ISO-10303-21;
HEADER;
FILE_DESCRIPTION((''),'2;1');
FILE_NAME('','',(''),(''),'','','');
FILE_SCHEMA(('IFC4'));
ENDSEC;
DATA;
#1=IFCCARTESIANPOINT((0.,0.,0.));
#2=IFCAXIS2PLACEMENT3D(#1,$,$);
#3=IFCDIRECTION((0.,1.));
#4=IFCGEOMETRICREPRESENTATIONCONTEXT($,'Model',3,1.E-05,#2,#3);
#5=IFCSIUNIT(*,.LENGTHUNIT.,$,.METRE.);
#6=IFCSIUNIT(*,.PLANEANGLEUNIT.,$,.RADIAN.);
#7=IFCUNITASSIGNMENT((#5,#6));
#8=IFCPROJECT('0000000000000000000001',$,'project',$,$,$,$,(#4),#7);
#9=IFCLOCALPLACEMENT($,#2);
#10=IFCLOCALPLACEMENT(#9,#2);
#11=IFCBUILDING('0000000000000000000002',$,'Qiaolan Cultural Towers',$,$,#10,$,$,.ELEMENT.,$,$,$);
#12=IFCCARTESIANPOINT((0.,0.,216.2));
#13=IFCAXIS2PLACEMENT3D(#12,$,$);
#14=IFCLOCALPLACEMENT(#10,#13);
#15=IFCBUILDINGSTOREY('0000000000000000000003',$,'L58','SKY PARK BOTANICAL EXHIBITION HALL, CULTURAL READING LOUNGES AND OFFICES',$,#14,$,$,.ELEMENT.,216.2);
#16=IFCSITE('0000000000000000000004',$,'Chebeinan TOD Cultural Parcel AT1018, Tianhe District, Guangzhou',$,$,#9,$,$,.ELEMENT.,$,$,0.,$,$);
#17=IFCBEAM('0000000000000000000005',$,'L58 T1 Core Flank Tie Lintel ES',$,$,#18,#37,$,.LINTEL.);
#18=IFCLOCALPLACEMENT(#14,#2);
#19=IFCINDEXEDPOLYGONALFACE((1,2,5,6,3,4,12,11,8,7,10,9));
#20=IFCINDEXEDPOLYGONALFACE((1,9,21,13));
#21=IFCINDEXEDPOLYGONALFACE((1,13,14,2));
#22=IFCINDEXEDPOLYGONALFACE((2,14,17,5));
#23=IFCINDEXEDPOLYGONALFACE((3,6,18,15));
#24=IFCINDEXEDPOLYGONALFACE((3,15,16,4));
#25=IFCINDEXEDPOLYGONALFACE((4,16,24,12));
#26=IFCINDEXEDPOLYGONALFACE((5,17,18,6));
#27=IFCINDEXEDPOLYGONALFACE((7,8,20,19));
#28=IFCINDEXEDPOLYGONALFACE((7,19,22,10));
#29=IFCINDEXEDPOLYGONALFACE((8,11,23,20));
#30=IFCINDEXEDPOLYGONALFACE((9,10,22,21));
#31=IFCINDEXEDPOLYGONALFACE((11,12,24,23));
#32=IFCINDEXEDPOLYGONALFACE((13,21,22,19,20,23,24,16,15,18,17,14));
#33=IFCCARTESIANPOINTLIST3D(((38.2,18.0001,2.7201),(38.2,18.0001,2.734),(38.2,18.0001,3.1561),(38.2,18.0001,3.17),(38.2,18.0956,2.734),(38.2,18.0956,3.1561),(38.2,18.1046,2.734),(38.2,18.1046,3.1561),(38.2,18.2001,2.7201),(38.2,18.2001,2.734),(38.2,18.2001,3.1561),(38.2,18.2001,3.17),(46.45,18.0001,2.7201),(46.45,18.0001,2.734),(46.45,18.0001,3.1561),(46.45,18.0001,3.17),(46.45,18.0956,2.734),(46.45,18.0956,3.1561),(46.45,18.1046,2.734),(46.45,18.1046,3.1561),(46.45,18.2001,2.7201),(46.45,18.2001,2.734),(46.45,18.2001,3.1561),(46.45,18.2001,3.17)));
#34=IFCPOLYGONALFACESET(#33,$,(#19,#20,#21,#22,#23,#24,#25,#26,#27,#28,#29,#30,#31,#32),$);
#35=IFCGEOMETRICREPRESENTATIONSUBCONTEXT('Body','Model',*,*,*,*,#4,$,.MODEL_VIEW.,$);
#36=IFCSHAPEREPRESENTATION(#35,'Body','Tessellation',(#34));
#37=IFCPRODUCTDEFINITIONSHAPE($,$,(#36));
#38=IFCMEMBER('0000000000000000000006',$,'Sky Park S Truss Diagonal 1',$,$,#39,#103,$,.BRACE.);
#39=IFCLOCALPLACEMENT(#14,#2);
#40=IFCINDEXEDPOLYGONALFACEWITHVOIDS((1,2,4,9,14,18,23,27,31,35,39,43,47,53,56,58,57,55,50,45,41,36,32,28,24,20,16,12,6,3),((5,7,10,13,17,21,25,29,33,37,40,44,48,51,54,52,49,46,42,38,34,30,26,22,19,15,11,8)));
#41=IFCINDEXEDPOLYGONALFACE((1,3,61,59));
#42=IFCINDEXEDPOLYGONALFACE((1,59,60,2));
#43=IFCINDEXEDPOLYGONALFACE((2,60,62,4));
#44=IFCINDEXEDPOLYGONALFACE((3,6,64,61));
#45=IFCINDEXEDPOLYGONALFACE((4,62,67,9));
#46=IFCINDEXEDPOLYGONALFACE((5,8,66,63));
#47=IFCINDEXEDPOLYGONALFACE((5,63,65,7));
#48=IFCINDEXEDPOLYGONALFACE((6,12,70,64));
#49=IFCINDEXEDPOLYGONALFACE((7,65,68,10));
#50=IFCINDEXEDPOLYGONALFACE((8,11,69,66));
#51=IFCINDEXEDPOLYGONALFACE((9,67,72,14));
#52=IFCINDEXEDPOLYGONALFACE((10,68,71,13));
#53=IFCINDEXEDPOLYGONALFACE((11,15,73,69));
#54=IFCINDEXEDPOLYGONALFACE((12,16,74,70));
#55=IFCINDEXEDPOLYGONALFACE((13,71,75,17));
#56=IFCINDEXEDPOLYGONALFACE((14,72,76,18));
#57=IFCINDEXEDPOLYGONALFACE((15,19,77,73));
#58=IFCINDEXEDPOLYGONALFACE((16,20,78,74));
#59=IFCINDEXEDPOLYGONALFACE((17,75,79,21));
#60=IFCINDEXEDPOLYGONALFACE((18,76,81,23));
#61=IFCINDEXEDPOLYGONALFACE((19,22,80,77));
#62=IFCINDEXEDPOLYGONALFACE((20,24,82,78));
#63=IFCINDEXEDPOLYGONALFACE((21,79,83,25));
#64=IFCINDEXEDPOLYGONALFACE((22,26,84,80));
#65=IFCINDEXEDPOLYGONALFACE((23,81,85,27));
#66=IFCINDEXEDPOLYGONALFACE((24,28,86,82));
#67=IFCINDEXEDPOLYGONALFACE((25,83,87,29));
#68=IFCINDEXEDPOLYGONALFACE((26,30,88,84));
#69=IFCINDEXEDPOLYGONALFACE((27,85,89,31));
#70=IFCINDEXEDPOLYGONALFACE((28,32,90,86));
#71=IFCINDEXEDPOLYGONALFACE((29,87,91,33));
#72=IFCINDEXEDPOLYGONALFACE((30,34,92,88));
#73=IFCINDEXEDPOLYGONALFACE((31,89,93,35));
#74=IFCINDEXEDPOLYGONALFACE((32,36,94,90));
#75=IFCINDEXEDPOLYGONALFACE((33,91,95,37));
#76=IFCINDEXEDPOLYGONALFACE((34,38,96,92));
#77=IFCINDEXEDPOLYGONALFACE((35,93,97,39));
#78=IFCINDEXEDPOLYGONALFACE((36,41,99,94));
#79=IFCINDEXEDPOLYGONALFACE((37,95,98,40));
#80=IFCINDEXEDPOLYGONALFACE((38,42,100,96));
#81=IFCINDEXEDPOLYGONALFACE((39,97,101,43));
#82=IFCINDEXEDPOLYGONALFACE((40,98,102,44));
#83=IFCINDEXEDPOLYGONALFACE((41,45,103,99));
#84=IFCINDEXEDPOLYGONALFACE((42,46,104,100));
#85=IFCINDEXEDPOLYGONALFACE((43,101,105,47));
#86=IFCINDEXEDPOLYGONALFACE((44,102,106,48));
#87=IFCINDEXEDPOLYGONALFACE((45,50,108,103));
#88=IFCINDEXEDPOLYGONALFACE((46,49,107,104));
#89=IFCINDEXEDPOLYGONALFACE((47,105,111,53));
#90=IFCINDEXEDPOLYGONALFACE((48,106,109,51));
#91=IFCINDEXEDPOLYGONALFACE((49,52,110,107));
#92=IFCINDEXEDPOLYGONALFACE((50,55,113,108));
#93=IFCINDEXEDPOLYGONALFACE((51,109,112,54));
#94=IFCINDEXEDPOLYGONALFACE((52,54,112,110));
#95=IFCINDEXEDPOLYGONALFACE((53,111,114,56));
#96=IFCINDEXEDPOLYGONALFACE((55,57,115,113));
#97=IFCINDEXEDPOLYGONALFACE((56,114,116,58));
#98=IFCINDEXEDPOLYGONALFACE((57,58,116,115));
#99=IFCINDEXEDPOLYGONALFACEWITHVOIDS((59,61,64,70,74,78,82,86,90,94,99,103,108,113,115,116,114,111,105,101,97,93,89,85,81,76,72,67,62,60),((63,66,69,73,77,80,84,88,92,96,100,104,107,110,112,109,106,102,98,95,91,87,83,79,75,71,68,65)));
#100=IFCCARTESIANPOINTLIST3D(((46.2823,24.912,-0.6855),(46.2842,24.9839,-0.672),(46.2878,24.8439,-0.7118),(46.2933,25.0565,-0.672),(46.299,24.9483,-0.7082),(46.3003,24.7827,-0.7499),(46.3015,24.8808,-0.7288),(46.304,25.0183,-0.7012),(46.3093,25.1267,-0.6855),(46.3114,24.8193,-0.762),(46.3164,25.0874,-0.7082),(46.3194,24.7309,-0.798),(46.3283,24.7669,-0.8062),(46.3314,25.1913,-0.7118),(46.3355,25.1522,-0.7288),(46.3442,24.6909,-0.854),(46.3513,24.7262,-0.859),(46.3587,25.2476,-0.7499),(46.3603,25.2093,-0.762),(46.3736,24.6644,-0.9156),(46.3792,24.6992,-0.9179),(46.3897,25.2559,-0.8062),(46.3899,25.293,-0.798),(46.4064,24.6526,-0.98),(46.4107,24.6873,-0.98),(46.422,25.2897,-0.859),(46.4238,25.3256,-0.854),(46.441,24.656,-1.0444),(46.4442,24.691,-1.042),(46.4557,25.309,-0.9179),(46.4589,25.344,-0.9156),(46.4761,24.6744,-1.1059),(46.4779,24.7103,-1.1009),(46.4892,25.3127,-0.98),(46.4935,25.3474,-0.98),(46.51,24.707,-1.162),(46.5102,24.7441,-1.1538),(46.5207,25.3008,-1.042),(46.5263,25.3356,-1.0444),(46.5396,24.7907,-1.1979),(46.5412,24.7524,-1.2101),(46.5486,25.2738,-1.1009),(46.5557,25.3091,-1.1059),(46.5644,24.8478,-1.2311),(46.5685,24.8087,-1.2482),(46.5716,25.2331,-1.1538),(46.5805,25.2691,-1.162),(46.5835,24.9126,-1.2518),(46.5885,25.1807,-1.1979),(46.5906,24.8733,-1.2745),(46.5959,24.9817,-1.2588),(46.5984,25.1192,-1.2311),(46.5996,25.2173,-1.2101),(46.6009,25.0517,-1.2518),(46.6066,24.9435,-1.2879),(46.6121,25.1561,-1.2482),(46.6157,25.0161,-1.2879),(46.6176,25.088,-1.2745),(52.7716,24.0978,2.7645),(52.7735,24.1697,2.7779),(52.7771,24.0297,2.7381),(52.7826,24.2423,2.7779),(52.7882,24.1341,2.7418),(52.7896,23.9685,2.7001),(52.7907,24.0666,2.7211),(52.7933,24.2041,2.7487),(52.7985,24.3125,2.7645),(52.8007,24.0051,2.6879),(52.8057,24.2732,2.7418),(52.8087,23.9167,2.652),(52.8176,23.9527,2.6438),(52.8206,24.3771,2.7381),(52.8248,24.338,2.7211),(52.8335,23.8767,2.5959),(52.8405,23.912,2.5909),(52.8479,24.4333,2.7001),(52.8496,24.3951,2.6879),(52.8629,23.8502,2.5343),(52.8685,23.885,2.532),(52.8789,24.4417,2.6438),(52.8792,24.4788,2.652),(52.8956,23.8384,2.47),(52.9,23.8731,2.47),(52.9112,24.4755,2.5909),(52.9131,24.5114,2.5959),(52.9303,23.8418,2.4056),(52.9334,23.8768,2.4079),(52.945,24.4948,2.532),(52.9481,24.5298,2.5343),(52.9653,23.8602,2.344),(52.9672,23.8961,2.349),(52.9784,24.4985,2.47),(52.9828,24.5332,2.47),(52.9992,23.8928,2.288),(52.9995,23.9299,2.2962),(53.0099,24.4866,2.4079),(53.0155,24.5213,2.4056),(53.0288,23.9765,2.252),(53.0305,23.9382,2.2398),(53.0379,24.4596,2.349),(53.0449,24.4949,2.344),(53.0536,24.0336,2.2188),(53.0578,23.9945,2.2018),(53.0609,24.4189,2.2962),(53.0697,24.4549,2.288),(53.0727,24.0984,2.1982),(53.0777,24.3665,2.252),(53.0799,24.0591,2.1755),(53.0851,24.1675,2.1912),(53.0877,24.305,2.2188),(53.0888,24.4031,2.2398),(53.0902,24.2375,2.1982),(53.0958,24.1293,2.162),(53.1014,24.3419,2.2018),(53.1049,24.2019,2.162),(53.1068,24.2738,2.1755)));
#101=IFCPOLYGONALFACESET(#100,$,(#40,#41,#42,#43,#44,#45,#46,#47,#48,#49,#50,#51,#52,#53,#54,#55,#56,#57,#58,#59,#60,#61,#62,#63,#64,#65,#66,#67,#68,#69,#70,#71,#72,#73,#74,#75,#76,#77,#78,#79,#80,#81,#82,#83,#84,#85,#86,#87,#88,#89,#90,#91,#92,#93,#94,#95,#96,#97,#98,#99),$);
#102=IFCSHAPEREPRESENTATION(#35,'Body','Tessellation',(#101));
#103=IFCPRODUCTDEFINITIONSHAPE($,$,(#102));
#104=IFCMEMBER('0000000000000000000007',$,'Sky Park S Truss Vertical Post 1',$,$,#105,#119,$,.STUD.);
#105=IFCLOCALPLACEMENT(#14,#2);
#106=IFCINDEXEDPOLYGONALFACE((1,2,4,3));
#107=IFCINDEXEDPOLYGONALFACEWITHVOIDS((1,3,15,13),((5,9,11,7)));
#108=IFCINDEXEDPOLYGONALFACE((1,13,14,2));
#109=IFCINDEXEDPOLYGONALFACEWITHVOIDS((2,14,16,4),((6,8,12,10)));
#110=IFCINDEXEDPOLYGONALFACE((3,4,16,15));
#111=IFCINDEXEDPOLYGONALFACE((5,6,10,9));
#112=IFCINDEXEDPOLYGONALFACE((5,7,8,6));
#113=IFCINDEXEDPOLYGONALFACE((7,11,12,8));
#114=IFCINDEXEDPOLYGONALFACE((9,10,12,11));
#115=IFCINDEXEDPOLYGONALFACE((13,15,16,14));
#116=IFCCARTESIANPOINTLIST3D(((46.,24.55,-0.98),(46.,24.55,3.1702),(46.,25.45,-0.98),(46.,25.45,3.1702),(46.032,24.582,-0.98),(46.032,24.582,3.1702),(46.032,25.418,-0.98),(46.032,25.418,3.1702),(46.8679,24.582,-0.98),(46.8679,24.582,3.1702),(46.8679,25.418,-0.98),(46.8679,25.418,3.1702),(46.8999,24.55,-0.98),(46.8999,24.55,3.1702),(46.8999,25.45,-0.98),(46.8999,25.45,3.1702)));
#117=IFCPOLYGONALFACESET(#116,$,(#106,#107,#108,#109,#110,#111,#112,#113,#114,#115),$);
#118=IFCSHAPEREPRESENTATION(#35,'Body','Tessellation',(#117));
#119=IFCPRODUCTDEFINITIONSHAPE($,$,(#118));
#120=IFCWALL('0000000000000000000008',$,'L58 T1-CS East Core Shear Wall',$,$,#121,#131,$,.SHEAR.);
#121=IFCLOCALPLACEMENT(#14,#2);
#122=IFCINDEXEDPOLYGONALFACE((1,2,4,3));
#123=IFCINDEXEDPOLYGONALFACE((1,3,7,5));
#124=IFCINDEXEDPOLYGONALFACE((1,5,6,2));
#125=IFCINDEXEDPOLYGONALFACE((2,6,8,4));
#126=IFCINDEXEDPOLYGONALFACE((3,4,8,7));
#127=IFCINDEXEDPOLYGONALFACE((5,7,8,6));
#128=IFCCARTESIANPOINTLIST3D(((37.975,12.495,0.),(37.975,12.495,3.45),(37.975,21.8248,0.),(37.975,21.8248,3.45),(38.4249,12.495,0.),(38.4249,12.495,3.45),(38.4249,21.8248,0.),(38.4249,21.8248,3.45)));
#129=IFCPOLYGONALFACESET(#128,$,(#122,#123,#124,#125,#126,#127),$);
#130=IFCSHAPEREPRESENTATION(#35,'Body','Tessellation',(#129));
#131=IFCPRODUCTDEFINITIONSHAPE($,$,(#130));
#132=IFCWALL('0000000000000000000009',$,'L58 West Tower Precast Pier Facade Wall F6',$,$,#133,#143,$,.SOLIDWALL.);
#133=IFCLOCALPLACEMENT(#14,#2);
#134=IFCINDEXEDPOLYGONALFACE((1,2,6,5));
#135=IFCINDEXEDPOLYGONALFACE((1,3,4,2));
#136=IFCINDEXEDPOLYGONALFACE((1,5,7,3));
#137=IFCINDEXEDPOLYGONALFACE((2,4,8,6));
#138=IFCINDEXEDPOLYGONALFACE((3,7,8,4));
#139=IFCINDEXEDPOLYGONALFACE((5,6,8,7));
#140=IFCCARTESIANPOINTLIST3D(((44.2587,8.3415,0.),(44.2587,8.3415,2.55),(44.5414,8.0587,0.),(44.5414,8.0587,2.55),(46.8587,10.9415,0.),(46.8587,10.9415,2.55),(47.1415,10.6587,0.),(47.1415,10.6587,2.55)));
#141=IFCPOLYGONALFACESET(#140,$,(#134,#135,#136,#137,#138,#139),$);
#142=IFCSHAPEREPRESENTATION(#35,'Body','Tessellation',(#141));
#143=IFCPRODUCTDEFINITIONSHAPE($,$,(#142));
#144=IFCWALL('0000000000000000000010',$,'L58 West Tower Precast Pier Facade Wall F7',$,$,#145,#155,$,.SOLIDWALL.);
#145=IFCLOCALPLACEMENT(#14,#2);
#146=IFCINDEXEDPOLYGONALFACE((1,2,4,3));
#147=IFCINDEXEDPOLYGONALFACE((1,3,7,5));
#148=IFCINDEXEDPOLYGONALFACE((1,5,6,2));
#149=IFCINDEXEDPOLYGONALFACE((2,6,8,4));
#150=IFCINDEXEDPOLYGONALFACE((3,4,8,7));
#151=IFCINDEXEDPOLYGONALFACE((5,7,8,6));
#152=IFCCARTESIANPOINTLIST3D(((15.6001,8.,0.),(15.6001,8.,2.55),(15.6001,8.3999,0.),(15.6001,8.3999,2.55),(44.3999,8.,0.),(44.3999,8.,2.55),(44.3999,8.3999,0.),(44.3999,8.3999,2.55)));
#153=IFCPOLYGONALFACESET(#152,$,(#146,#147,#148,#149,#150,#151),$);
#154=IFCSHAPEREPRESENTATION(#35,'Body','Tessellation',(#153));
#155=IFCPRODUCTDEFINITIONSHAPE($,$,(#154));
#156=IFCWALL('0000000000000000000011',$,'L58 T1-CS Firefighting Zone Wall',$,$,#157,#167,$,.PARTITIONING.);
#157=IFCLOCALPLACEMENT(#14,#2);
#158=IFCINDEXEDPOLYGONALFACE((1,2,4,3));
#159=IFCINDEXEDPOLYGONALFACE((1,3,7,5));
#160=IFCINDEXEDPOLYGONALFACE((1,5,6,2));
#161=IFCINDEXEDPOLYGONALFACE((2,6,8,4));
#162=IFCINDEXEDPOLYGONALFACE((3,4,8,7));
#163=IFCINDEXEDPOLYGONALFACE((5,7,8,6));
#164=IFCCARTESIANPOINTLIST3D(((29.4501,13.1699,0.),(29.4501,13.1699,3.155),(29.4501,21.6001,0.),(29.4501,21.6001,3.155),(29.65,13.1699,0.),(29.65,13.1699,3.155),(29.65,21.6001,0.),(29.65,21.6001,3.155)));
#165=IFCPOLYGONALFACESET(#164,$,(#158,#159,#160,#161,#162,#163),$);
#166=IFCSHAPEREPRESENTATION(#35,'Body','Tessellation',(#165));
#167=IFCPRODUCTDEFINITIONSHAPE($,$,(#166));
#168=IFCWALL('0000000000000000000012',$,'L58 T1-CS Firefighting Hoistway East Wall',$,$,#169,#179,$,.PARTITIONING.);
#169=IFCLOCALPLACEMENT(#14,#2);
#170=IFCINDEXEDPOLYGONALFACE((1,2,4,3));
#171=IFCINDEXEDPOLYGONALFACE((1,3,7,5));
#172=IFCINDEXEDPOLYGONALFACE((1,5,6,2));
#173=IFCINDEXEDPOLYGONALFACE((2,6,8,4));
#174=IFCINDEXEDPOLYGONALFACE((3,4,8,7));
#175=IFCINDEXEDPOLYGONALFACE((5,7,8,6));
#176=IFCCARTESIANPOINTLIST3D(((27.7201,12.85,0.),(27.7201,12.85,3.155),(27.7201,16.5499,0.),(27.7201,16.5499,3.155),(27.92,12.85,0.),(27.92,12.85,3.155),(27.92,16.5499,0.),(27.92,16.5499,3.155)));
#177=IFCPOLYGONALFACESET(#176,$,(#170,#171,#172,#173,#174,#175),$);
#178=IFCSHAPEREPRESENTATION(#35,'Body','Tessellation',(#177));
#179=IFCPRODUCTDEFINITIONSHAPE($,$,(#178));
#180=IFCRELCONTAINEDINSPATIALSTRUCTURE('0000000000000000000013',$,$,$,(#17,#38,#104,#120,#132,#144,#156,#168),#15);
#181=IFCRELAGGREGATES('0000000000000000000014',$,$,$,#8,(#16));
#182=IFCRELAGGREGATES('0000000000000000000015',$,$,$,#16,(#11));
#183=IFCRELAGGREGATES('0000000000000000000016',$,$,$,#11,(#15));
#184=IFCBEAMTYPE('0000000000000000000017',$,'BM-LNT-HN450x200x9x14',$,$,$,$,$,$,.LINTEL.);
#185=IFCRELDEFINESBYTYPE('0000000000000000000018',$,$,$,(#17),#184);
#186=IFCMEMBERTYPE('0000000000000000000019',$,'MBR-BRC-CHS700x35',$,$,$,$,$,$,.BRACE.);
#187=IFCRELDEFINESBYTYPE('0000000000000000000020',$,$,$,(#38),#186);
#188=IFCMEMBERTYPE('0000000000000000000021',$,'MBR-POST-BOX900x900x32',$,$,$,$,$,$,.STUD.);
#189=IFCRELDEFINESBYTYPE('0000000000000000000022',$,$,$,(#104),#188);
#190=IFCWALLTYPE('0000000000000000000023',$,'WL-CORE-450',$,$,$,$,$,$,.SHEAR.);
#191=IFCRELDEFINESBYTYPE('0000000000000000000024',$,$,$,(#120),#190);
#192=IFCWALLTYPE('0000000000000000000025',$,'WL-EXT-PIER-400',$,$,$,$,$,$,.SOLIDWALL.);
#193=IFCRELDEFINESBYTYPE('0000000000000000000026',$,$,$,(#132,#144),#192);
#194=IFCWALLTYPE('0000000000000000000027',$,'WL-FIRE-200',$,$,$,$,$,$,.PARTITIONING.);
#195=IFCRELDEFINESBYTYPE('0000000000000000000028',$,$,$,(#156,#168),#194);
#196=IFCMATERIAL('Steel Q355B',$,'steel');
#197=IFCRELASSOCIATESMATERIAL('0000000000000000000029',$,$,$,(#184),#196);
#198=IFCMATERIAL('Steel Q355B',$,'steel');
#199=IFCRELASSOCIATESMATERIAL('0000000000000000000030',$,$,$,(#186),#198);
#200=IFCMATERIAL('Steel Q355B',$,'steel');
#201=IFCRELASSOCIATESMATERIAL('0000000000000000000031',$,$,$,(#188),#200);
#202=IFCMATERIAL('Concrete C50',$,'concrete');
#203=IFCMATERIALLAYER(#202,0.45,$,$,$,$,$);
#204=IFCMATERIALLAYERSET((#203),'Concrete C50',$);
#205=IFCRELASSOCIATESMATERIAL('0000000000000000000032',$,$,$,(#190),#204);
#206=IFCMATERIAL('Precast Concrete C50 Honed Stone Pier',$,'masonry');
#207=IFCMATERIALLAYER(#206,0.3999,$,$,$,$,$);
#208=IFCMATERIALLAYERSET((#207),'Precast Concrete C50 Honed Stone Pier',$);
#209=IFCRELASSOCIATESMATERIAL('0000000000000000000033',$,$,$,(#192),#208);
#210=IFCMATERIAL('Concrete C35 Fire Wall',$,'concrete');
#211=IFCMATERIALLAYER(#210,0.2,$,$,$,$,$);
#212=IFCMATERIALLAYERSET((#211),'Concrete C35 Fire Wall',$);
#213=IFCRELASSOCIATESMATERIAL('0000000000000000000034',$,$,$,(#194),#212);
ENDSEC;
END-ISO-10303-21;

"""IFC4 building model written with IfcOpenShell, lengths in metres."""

from ifc_helpers import new_model, si_unit, direction, frame, frame_2d, origin, origin_2d, place, context, subcontext, project, spatial, rectangle, hollow_rectangle, hollow_circle, i_section, extrude, material, layer, layer_set, material_profile, profile_set, type_object, element, save


model = new_model("IFC4")

# Units and contexts
model_context = context("Model", 3, precision=1e-05, world=origin(), true_north=direction((0.0, 1.0)))
body_context = subcontext(model_context, "Body", "Model", "MODEL_VIEW")
ifc_project = project(units=[si_unit("LENGTHUNIT", "METRE"), si_unit("PLANEANGLEUNIT", "RADIAN")], contexts=[model_context])

# Site, building, storey
site_placement = place(None, origin())
site = spatial("IfcSite", under=ifc_project, at=site_placement, Name="Chebeinan TOD Cultural Parcel AT1018, Tianhe District, Guangzhou", CompositionType="ELEMENT", RefElevation=0.0)
building_placement = place(site_placement, origin())
building = spatial("IfcBuilding", under=site, at=building_placement, Name="Qiaolan Cultural Towers", CompositionType="ELEMENT")
storey_placement = place(building_placement, frame((0.0, 0.0, 216.2)))
storey = spatial("IfcBuildingStorey", under=building, at=storey_placement, Name="L58", Description="SKY PARK BOTANICAL EXHIBITION HALL, CULTURAL READING LOUNGES AND OFFICES", CompositionType="ELEMENT", Elevation=216.2)

# Beam
ifc_material_1 = material(Name="Steel Q355B", Category="steel")
ifc_material_profile_1 = material_profile(ifc_material_1, i_section(OverallWidth=0.2, OverallDepth=0.45, WebThickness=0.009, FlangeThickness=0.0139, at=origin_2d()), Name="HN450x200x9x14")
ifc_profile_set_1 = profile_set([ifc_material_profile_1], Name="Steel Q355B")
beam_type_1 = type_object("IfcBeamType", Name="BM-LNT-HN450x200x9x14", PredefinedType="LINTEL", material=ifc_profile_set_1)
beam_1_placement = place(storey_placement, frame((38.2, 18.1001, 2.9451), z_axis=(1.0, 0.0, 0.0), x_axis=(0.0, 1.0, 0.0)))
element("IfcBeam", 1, at=beam_1_placement, inside=storey, type_object=beam_type_1, Name="L58 T1 Core Flank Tie Lintel ES", PredefinedType="LINTEL", context=body_context, shape_type="SweptSolid", body=[
    extrude(i_section(OverallWidth=0.2, OverallDepth=0.45, WebThickness=0.009, FlangeThickness=0.0139, at=origin_2d()), origin(), (0.0, 0.0, 1.0), 8.25),
])

# Members
ifc_material_2 = material(Name="Steel Q355B", Category="steel")
ifc_material_profile_2 = material_profile(ifc_material_2, hollow_circle(Radius=0.3501, WallThickness=0.0349, at=origin_2d()), Name="CHS700x35")
ifc_profile_set_2 = profile_set([ifc_material_profile_2], Name="Steel Q355B")
member_type_1 = type_object("IfcMemberType", Name="MBR-BRC-CHS700x35", PredefinedType="BRACE", material=ifc_profile_set_2)
member_1_placement = place(storey_placement, frame((46.45, 25.0, -0.98), z_axis=(0.877604, -0.110113, 0.466569), x_axis=(0.124494, 0.99222, 0.0)))
element("IfcMember", 2, at=member_1_placement, inside=storey, type_object=member_type_1, Name="Sky Park S Truss Diagonal 1", PredefinedType="BRACE", context=body_context, shape_type="SweptSolid", body=[
    extrude(hollow_circle(Radius=0.3501, WallThickness=0.0349, at=origin_2d()), origin(), (0.0, 0.0, 1.0), 7.3943),
])
ifc_material_3 = material(Name="Steel Q355B", Category="steel")
ifc_material_profile_3 = material_profile(ifc_material_3, hollow_rectangle(XDim=0.8999, YDim=0.8999, WallThickness=0.032, at=origin_2d()), Name="BOX900x900x32")
ifc_profile_set_3 = profile_set([ifc_material_profile_3], Name="Steel Q355B")
member_type_2 = type_object("IfcMemberType", Name="MBR-POST-BOX900x900x32", PredefinedType="STUD", material=ifc_profile_set_3)
member_2_placement = place(storey_placement, frame((46.45, 25.0, -0.98), z_axis=(0.0, 0.0, 1.0), x_axis=(1.0, 0.0, 0.0)))
element("IfcMember", 3, at=member_2_placement, inside=storey, type_object=member_type_2, Name="Sky Park S Truss Vertical Post 1", PredefinedType="STUD", context=body_context, shape_type="SweptSolid", body=[
    extrude(hollow_rectangle(XDim=0.8999, YDim=0.8999, WallThickness=0.032, at=origin_2d()), origin(), (0.0, 0.0, 1.0), 4.1501),
])

# Walls
ifc_material_4 = material(Name="Concrete C50", Category="concrete")
ifc_layer_1 = layer(ifc_material_4, 0.45)
ifc_layer_set_1 = layer_set([ifc_layer_1], Name="Concrete C50")
wall_type_1 = type_object("IfcWallType", Name="WL-CORE-450", PredefinedType="SHEAR", material=ifc_layer_set_1)
wall_1_placement = place(storey_placement, frame((38.2, 21.825, 0.0), z_axis=(0.0, 0.0, 1.0), x_axis=(0.0, -1.0, 0.0)))
element("IfcWall", 4, at=wall_1_placement, inside=storey, type_object=wall_type_1, Name="L58 T1-CS East Core Shear Wall", PredefinedType="SHEAR", context=body_context, shape_type="SweptSolid", body=[
    extrude(rectangle(XDim=9.3298, YDim=0.45, at=frame_2d((4.665, 0.0))), origin(), (0.0, 0.0, 1.0), 3.45),
])
ifc_material_5 = material(Name="Precast Concrete C50 Honed Stone Pier", Category="masonry")
ifc_layer_2 = layer(ifc_material_5, 0.3999)
ifc_layer_set_2 = layer_set([ifc_layer_2], Name="Precast Concrete C50 Honed Stone Pier")
wall_type_2 = type_object("IfcWallType", Name="WL-EXT-PIER-400", PredefinedType="SOLIDWALL", material=ifc_layer_set_2)
wall_2_placement = place(storey_placement, frame((47.0, 10.8, 0.0), z_axis=(0.0, 0.0, 1.0), x_axis=(-0.707107, -0.707107, 0.0)))
element("IfcWall", 5, at=wall_2_placement, inside=storey, type_object=wall_type_2, Name="L58 West Tower Precast Pier Facade Wall F6", PredefinedType="SOLIDWALL", context=body_context, shape_type="SweptSolid", body=[
    extrude(rectangle(XDim=3.677, YDim=0.3999, at=frame_2d((1.8384, 0.0))), origin(), (0.0, 0.0, 1.0), 2.55),
])
wall_3_placement = place(storey_placement, frame((44.3999, 8.2, 0.0), z_axis=(0.0, 0.0, 1.0), x_axis=(-1.0, 0.0, 0.0)))
element("IfcWall", 6, at=wall_3_placement, inside=storey, type_object=wall_type_2, Name="L58 West Tower Precast Pier Facade Wall F7", PredefinedType="SOLIDWALL", context=body_context, shape_type="SweptSolid", body=[
    extrude(rectangle(XDim=28.7998, YDim=0.3999, at=frame_2d((14.3999, 0.0))), origin(), (0.0, 0.0, 1.0), 2.55),
])
ifc_material_6 = material(Name="Concrete C35 Fire Wall", Category="concrete")
ifc_layer_3 = layer(ifc_material_6, 0.2)
ifc_layer_set_3 = layer_set([ifc_layer_3], Name="Concrete C35 Fire Wall")
wall_type_3 = type_object("IfcWallType", Name="WL-FIRE-200", PredefinedType="PARTITIONING", material=ifc_layer_set_3)
wall_4_placement = place(storey_placement, frame((29.55, 21.6001, 0.0), z_axis=(0.0, 0.0, 1.0), x_axis=(0.0, -1.0, 0.0)))
element("IfcWall", 7, at=wall_4_placement, inside=storey, type_object=wall_type_3, Name="L58 T1-CS Firefighting Zone Wall", PredefinedType="PARTITIONING", context=body_context, shape_type="SweptSolid", body=[
    extrude(rectangle(XDim=8.4302, YDim=0.2, at=frame_2d((4.2151, 0.0))), origin(), (0.0, 0.0, 1.0), 3.155),
])
wall_5_placement = place(storey_placement, frame((27.8201, 16.55, 0.0), z_axis=(0.0, 0.0, 1.0), x_axis=(0.0, -1.0, 0.0)))
element("IfcWall", 8, at=wall_5_placement, inside=storey, type_object=wall_type_3, Name="L58 T1-CS Firefighting Hoistway East Wall", PredefinedType="PARTITIONING", context=body_context, shape_type="SweptSolid", body=[
    extrude(rectangle(XDim=3.7, YDim=0.2, at=frame_2d((1.8501, 0.0))), origin(), (0.0, 0.0, 1.0), 3.155),
])

save(model, "model.ifc")
